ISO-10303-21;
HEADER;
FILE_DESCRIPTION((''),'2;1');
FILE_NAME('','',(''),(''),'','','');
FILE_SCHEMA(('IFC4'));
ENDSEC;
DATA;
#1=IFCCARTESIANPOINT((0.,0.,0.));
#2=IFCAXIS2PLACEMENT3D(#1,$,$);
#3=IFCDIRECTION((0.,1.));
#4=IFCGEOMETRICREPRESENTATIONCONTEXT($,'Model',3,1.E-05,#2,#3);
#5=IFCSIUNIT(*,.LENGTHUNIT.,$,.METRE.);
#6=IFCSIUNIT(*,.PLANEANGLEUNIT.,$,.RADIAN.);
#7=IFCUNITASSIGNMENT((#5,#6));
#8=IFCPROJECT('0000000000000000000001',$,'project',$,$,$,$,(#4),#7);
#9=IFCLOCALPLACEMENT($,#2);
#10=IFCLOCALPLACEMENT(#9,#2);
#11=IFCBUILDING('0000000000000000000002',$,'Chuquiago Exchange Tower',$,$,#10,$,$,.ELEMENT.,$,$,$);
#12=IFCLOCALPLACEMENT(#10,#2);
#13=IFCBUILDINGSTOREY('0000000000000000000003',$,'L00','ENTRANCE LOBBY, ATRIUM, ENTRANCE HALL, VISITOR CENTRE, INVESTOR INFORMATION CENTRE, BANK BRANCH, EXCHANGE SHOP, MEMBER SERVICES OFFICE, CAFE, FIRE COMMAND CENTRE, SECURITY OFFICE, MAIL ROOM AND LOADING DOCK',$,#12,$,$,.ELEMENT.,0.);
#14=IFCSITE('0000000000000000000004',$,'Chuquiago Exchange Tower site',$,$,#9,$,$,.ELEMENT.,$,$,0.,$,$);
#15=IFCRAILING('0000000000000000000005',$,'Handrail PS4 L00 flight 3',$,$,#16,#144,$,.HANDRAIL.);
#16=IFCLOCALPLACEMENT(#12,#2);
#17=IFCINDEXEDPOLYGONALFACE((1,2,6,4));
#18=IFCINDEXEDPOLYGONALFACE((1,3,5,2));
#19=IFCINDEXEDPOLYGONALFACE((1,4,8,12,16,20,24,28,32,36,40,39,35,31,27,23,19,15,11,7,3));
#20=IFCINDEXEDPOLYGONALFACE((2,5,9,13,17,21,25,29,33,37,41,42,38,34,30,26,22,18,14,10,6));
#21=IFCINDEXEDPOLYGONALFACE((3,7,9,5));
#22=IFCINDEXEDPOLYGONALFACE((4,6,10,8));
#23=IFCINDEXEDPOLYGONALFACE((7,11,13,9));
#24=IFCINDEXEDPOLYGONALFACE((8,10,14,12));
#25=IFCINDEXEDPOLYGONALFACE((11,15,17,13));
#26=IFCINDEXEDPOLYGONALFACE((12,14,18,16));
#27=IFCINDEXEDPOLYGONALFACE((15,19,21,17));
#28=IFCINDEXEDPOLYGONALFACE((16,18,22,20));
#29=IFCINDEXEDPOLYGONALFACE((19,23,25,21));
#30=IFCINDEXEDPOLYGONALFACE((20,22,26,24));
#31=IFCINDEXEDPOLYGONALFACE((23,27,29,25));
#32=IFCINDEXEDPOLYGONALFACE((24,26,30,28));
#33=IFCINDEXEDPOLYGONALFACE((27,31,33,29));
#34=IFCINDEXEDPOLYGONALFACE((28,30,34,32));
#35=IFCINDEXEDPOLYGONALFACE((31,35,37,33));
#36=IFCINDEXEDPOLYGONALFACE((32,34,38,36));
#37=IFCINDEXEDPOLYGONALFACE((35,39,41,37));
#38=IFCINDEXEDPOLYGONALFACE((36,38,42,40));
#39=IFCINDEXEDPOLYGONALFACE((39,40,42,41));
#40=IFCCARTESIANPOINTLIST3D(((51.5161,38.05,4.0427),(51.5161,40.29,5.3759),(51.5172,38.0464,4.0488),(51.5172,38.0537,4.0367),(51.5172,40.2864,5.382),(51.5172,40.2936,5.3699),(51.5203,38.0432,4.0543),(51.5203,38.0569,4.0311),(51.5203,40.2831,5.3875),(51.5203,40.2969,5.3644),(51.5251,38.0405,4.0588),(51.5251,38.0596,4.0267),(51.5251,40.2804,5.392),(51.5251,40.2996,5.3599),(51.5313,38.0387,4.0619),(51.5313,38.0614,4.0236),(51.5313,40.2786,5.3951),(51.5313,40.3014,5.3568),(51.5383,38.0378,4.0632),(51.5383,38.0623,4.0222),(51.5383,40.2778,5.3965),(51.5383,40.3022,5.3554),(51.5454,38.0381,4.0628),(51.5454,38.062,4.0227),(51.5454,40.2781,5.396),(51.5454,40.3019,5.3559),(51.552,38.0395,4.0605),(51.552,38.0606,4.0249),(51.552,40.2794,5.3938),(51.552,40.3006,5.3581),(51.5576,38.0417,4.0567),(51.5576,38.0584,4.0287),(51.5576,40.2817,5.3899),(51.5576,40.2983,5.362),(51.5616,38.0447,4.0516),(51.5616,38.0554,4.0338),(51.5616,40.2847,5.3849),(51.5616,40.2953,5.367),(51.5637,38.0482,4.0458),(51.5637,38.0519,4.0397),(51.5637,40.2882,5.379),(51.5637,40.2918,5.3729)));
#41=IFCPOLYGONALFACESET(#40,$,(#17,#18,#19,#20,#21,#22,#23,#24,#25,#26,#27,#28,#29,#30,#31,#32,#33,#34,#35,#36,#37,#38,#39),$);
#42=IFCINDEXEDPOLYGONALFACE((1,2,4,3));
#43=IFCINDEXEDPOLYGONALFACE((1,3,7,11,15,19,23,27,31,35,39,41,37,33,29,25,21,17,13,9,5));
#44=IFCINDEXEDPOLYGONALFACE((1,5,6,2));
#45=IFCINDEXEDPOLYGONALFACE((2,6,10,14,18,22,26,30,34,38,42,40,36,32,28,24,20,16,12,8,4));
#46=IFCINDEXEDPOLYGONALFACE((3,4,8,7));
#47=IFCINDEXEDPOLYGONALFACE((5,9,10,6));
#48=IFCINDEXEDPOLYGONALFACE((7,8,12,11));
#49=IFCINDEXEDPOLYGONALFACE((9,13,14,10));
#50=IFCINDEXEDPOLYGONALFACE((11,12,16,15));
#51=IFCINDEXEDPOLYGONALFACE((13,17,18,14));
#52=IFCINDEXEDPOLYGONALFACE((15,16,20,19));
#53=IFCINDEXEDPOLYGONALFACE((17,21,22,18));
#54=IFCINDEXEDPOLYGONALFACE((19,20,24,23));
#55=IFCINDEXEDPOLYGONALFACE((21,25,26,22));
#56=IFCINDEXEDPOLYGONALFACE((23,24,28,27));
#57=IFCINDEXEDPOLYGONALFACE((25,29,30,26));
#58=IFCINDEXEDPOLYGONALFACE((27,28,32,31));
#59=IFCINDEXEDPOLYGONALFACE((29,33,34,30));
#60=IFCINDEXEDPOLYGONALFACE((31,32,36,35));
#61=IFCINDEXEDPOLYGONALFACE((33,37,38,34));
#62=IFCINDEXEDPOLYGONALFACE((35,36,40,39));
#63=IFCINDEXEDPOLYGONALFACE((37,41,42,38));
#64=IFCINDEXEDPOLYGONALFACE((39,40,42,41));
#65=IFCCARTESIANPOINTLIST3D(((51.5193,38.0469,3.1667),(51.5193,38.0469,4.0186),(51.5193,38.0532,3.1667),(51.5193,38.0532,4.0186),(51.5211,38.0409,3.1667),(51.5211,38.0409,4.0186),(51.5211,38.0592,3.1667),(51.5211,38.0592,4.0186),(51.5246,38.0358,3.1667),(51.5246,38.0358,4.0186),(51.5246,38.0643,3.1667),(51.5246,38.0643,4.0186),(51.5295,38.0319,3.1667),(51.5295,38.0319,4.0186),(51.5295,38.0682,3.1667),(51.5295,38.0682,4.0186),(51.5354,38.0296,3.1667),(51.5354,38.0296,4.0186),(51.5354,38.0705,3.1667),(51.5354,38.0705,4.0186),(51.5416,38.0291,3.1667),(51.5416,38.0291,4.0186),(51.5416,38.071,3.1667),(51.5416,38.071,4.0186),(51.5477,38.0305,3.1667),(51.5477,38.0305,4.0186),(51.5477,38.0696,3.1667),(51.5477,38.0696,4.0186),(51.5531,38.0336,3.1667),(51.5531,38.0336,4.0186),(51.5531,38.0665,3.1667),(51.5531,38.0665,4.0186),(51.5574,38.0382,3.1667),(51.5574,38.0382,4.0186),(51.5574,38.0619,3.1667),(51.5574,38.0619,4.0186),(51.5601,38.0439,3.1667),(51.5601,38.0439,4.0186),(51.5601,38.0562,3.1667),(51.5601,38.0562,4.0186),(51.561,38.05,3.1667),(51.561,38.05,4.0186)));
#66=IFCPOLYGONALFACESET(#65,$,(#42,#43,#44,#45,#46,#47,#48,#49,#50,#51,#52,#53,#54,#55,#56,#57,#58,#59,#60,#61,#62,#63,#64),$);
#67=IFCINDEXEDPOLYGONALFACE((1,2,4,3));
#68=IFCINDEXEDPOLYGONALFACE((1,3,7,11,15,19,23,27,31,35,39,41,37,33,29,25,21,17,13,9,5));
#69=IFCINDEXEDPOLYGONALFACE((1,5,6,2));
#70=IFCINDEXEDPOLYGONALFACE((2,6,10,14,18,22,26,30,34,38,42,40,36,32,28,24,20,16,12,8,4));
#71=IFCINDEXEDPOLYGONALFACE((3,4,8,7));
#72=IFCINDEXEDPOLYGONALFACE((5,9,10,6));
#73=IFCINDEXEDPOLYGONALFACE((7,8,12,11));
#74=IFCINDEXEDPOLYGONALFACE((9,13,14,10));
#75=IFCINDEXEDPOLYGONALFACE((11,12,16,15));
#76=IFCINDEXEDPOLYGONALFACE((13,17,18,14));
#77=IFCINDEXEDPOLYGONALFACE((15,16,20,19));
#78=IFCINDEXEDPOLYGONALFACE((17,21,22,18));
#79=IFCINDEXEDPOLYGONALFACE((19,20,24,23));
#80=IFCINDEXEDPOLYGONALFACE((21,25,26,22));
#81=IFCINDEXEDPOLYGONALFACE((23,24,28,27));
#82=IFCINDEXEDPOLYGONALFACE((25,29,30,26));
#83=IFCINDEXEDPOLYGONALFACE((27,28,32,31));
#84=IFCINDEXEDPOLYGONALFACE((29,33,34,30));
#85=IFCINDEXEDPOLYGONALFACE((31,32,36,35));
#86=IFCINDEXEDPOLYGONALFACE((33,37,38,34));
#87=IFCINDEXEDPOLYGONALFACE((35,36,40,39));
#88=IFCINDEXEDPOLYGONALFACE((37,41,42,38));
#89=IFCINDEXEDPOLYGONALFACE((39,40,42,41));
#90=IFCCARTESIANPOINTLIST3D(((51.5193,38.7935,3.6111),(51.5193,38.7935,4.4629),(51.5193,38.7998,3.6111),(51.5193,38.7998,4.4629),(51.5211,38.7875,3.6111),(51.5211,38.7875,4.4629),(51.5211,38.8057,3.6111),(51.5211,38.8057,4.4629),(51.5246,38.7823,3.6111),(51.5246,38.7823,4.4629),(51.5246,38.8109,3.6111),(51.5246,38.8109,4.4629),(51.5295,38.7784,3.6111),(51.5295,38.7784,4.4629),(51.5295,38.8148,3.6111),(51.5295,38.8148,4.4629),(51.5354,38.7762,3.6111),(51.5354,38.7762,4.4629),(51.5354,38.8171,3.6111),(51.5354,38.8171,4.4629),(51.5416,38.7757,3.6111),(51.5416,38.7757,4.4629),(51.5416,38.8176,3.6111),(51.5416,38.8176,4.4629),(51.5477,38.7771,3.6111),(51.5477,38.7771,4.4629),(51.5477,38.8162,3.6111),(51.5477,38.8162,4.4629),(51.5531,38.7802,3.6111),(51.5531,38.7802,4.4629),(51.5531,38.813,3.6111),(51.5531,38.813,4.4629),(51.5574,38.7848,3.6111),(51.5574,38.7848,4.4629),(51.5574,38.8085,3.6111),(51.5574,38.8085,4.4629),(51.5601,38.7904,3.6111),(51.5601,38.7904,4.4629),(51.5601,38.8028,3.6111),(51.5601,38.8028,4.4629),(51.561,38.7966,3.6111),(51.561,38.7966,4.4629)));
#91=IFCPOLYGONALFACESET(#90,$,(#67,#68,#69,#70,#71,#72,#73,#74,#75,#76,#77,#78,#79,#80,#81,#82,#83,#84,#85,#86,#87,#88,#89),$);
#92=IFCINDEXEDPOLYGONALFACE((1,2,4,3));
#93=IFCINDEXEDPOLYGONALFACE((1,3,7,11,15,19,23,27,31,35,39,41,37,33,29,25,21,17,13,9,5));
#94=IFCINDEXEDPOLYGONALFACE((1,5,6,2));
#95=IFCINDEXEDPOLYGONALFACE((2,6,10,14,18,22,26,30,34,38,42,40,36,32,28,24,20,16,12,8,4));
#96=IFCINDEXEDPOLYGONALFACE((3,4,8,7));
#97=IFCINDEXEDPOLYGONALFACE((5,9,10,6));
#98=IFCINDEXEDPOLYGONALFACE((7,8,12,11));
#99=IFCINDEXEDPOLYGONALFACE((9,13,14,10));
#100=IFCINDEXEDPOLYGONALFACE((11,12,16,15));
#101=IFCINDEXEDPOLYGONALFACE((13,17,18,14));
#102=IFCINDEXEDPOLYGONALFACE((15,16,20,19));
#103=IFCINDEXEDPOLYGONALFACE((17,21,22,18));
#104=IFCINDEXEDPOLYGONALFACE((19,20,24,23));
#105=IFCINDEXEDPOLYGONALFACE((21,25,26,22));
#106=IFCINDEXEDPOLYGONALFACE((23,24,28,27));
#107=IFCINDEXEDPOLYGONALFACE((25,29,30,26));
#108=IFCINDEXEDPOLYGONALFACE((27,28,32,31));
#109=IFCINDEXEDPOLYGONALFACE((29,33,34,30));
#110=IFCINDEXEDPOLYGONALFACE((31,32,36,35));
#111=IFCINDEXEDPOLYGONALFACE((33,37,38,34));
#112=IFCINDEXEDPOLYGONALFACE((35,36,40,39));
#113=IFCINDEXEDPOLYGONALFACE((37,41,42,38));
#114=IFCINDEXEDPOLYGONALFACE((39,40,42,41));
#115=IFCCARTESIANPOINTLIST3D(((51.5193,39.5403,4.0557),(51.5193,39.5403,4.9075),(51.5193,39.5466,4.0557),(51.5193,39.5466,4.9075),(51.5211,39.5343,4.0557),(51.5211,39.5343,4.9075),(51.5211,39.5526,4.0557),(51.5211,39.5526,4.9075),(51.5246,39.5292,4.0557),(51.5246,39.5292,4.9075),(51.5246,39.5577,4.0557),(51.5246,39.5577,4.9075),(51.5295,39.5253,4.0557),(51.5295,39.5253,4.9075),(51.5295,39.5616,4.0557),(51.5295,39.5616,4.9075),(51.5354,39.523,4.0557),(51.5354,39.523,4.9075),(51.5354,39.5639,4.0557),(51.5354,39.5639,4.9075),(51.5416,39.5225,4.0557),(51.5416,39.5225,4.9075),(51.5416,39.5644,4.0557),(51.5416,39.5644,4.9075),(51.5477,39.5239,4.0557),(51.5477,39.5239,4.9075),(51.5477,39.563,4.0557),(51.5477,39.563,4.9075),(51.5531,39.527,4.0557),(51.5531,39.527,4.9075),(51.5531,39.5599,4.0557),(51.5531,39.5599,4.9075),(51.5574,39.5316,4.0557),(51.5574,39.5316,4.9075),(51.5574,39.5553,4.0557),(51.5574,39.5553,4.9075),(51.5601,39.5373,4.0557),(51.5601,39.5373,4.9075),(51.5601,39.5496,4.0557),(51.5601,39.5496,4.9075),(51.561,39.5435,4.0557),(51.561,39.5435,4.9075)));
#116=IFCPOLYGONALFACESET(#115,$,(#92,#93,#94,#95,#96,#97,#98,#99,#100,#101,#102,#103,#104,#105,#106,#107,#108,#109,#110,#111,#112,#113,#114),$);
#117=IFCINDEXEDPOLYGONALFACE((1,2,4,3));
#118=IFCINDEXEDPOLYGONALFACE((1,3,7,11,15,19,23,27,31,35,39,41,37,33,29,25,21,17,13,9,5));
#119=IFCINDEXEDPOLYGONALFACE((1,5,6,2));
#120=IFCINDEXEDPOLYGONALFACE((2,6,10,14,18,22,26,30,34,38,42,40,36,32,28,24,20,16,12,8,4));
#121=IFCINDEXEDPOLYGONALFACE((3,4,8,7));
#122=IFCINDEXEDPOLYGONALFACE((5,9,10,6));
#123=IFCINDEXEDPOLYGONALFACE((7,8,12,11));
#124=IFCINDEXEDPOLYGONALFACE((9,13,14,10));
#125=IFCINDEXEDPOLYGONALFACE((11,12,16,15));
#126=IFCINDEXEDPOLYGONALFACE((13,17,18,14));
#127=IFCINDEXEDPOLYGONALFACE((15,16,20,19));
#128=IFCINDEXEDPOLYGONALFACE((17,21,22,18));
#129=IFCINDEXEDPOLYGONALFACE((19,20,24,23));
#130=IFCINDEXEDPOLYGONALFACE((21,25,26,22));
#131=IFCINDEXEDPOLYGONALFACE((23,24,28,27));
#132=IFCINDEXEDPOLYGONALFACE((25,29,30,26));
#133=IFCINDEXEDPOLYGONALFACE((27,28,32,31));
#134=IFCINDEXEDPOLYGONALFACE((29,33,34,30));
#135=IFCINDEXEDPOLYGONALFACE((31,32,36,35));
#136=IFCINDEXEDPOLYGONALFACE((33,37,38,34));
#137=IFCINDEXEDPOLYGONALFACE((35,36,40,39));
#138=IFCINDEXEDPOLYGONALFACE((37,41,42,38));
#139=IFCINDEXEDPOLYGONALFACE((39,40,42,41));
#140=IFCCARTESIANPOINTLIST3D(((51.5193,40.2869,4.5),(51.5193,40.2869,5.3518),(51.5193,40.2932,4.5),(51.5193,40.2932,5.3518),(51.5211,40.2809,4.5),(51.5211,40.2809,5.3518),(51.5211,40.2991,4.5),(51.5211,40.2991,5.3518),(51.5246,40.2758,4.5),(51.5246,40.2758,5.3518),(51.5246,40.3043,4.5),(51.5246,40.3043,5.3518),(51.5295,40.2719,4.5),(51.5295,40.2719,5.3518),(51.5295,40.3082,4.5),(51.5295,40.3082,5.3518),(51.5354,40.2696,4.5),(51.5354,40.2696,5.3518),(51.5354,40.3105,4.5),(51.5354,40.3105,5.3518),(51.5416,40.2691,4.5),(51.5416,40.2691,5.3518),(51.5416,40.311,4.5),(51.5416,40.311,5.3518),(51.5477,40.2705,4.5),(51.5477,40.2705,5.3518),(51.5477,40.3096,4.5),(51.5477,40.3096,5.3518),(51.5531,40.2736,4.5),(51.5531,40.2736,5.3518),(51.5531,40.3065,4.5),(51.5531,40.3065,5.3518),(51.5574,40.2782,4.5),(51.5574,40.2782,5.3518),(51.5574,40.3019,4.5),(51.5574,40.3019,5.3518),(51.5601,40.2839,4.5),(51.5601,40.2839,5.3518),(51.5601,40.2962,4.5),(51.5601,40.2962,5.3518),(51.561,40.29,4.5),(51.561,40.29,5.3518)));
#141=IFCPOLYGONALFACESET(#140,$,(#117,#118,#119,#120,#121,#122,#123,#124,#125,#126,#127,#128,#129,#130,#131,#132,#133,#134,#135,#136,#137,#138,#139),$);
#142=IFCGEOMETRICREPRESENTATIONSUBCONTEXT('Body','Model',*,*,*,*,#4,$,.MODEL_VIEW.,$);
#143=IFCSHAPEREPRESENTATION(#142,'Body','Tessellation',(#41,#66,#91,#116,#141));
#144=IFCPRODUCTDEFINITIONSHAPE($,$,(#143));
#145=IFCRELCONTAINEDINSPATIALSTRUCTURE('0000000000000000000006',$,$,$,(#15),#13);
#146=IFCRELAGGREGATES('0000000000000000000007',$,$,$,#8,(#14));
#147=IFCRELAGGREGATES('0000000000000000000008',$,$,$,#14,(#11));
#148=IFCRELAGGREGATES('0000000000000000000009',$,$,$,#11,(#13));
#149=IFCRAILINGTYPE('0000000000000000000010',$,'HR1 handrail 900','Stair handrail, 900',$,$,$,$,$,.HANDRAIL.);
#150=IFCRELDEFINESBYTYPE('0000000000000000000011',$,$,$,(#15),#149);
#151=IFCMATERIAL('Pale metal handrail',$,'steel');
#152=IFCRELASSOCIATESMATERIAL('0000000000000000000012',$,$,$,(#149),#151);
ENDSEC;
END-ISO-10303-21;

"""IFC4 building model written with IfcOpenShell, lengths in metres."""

from ifc_helpers import new_model, si_unit, direction, frame, origin, origin_2d, place, context, subcontext, project, spatial, circle, extrude, material, type_object, element, save


model = new_model("IFC4")

# Units and contexts
model_context = context("Model", 3, precision=1e-05, world=origin(), true_north=direction((0.0, 1.0)))
body_context = subcontext(model_context, "Body", "Model", "MODEL_VIEW")
ifc_project = project(units=[si_unit("LENGTHUNIT", "METRE"), si_unit("PLANEANGLEUNIT", "RADIAN")], contexts=[model_context])

# Site, building, storey
site_placement = place(None, origin())
site = spatial("IfcSite", under=ifc_project, at=site_placement, Name="Chuquiago Exchange Tower site", CompositionType="ELEMENT", RefElevation=0.0)
building_placement = place(site_placement, origin())
building = spatial("IfcBuilding", under=site, at=building_placement, Name="Chuquiago Exchange Tower", CompositionType="ELEMENT")
storey_placement = place(building_placement, origin())
storey = spatial("IfcBuildingStorey", under=building, at=storey_placement, Name="L00", Description="ENTRANCE LOBBY, ATRIUM, ENTRANCE HALL, VISITOR CENTRE, INVESTOR INFORMATION CENTRE, BANK BRANCH, EXCHANGE SHOP, MEMBER SERVICES OFFICE, CAFE, FIRE COMMAND CENTRE, SECURITY OFFICE, MAIL ROOM AND LOADING DOCK", CompositionType="ELEMENT", Elevation=0.0)

# Railing
ifc_material_1 = material(Name="Pale metal handrail", Category="steel")
railing_type = type_object("IfcRailingType", Name="HR1 handrail 900", Description="Stair handrail, 900", PredefinedType="HANDRAIL", material=ifc_material_1)
for number, where, name in (
    (1, (51.54, 38.05, 3.1667), "Handrail PS4 L00 flight 3"),
):
    element("IfcRailing", number, at=place(storey_placement, frame(where)), inside=storey, type_object=railing_type, Name=name, PredefinedType="HANDRAIL", context=body_context, shape_type="SweptSolid", body=[
        extrude(circle(Radius=0.0239, at=origin_2d()), frame((0.0, 0.0, 0.876), z_axis=(0.0, 0.859306, 0.511462), x_axis=(-1.0, 0.0, 0.0)), (0.0, 0.0, 1.0), 2.6067),
        extrude(circle(Radius=0.021, at=origin_2d()), origin(), (0.0, 0.0, 1.0), 0.8518),
        extrude(circle(Radius=0.021, at=origin_2d()), frame((0.0, 0.7466, 0.4443)), (0.0, 0.0, 1.0), 0.8518),
        extrude(circle(Radius=0.021, at=origin_2d()), frame((0.0, 1.4934, 0.8889)), (0.0, 0.0, 1.0), 0.8518),
        extrude(circle(Radius=0.021, at=origin_2d()), frame((0.0, 2.24, 1.3333)), (0.0, 0.0, 1.0), 0.8518),
    ])

save(model, "model.ifc")
